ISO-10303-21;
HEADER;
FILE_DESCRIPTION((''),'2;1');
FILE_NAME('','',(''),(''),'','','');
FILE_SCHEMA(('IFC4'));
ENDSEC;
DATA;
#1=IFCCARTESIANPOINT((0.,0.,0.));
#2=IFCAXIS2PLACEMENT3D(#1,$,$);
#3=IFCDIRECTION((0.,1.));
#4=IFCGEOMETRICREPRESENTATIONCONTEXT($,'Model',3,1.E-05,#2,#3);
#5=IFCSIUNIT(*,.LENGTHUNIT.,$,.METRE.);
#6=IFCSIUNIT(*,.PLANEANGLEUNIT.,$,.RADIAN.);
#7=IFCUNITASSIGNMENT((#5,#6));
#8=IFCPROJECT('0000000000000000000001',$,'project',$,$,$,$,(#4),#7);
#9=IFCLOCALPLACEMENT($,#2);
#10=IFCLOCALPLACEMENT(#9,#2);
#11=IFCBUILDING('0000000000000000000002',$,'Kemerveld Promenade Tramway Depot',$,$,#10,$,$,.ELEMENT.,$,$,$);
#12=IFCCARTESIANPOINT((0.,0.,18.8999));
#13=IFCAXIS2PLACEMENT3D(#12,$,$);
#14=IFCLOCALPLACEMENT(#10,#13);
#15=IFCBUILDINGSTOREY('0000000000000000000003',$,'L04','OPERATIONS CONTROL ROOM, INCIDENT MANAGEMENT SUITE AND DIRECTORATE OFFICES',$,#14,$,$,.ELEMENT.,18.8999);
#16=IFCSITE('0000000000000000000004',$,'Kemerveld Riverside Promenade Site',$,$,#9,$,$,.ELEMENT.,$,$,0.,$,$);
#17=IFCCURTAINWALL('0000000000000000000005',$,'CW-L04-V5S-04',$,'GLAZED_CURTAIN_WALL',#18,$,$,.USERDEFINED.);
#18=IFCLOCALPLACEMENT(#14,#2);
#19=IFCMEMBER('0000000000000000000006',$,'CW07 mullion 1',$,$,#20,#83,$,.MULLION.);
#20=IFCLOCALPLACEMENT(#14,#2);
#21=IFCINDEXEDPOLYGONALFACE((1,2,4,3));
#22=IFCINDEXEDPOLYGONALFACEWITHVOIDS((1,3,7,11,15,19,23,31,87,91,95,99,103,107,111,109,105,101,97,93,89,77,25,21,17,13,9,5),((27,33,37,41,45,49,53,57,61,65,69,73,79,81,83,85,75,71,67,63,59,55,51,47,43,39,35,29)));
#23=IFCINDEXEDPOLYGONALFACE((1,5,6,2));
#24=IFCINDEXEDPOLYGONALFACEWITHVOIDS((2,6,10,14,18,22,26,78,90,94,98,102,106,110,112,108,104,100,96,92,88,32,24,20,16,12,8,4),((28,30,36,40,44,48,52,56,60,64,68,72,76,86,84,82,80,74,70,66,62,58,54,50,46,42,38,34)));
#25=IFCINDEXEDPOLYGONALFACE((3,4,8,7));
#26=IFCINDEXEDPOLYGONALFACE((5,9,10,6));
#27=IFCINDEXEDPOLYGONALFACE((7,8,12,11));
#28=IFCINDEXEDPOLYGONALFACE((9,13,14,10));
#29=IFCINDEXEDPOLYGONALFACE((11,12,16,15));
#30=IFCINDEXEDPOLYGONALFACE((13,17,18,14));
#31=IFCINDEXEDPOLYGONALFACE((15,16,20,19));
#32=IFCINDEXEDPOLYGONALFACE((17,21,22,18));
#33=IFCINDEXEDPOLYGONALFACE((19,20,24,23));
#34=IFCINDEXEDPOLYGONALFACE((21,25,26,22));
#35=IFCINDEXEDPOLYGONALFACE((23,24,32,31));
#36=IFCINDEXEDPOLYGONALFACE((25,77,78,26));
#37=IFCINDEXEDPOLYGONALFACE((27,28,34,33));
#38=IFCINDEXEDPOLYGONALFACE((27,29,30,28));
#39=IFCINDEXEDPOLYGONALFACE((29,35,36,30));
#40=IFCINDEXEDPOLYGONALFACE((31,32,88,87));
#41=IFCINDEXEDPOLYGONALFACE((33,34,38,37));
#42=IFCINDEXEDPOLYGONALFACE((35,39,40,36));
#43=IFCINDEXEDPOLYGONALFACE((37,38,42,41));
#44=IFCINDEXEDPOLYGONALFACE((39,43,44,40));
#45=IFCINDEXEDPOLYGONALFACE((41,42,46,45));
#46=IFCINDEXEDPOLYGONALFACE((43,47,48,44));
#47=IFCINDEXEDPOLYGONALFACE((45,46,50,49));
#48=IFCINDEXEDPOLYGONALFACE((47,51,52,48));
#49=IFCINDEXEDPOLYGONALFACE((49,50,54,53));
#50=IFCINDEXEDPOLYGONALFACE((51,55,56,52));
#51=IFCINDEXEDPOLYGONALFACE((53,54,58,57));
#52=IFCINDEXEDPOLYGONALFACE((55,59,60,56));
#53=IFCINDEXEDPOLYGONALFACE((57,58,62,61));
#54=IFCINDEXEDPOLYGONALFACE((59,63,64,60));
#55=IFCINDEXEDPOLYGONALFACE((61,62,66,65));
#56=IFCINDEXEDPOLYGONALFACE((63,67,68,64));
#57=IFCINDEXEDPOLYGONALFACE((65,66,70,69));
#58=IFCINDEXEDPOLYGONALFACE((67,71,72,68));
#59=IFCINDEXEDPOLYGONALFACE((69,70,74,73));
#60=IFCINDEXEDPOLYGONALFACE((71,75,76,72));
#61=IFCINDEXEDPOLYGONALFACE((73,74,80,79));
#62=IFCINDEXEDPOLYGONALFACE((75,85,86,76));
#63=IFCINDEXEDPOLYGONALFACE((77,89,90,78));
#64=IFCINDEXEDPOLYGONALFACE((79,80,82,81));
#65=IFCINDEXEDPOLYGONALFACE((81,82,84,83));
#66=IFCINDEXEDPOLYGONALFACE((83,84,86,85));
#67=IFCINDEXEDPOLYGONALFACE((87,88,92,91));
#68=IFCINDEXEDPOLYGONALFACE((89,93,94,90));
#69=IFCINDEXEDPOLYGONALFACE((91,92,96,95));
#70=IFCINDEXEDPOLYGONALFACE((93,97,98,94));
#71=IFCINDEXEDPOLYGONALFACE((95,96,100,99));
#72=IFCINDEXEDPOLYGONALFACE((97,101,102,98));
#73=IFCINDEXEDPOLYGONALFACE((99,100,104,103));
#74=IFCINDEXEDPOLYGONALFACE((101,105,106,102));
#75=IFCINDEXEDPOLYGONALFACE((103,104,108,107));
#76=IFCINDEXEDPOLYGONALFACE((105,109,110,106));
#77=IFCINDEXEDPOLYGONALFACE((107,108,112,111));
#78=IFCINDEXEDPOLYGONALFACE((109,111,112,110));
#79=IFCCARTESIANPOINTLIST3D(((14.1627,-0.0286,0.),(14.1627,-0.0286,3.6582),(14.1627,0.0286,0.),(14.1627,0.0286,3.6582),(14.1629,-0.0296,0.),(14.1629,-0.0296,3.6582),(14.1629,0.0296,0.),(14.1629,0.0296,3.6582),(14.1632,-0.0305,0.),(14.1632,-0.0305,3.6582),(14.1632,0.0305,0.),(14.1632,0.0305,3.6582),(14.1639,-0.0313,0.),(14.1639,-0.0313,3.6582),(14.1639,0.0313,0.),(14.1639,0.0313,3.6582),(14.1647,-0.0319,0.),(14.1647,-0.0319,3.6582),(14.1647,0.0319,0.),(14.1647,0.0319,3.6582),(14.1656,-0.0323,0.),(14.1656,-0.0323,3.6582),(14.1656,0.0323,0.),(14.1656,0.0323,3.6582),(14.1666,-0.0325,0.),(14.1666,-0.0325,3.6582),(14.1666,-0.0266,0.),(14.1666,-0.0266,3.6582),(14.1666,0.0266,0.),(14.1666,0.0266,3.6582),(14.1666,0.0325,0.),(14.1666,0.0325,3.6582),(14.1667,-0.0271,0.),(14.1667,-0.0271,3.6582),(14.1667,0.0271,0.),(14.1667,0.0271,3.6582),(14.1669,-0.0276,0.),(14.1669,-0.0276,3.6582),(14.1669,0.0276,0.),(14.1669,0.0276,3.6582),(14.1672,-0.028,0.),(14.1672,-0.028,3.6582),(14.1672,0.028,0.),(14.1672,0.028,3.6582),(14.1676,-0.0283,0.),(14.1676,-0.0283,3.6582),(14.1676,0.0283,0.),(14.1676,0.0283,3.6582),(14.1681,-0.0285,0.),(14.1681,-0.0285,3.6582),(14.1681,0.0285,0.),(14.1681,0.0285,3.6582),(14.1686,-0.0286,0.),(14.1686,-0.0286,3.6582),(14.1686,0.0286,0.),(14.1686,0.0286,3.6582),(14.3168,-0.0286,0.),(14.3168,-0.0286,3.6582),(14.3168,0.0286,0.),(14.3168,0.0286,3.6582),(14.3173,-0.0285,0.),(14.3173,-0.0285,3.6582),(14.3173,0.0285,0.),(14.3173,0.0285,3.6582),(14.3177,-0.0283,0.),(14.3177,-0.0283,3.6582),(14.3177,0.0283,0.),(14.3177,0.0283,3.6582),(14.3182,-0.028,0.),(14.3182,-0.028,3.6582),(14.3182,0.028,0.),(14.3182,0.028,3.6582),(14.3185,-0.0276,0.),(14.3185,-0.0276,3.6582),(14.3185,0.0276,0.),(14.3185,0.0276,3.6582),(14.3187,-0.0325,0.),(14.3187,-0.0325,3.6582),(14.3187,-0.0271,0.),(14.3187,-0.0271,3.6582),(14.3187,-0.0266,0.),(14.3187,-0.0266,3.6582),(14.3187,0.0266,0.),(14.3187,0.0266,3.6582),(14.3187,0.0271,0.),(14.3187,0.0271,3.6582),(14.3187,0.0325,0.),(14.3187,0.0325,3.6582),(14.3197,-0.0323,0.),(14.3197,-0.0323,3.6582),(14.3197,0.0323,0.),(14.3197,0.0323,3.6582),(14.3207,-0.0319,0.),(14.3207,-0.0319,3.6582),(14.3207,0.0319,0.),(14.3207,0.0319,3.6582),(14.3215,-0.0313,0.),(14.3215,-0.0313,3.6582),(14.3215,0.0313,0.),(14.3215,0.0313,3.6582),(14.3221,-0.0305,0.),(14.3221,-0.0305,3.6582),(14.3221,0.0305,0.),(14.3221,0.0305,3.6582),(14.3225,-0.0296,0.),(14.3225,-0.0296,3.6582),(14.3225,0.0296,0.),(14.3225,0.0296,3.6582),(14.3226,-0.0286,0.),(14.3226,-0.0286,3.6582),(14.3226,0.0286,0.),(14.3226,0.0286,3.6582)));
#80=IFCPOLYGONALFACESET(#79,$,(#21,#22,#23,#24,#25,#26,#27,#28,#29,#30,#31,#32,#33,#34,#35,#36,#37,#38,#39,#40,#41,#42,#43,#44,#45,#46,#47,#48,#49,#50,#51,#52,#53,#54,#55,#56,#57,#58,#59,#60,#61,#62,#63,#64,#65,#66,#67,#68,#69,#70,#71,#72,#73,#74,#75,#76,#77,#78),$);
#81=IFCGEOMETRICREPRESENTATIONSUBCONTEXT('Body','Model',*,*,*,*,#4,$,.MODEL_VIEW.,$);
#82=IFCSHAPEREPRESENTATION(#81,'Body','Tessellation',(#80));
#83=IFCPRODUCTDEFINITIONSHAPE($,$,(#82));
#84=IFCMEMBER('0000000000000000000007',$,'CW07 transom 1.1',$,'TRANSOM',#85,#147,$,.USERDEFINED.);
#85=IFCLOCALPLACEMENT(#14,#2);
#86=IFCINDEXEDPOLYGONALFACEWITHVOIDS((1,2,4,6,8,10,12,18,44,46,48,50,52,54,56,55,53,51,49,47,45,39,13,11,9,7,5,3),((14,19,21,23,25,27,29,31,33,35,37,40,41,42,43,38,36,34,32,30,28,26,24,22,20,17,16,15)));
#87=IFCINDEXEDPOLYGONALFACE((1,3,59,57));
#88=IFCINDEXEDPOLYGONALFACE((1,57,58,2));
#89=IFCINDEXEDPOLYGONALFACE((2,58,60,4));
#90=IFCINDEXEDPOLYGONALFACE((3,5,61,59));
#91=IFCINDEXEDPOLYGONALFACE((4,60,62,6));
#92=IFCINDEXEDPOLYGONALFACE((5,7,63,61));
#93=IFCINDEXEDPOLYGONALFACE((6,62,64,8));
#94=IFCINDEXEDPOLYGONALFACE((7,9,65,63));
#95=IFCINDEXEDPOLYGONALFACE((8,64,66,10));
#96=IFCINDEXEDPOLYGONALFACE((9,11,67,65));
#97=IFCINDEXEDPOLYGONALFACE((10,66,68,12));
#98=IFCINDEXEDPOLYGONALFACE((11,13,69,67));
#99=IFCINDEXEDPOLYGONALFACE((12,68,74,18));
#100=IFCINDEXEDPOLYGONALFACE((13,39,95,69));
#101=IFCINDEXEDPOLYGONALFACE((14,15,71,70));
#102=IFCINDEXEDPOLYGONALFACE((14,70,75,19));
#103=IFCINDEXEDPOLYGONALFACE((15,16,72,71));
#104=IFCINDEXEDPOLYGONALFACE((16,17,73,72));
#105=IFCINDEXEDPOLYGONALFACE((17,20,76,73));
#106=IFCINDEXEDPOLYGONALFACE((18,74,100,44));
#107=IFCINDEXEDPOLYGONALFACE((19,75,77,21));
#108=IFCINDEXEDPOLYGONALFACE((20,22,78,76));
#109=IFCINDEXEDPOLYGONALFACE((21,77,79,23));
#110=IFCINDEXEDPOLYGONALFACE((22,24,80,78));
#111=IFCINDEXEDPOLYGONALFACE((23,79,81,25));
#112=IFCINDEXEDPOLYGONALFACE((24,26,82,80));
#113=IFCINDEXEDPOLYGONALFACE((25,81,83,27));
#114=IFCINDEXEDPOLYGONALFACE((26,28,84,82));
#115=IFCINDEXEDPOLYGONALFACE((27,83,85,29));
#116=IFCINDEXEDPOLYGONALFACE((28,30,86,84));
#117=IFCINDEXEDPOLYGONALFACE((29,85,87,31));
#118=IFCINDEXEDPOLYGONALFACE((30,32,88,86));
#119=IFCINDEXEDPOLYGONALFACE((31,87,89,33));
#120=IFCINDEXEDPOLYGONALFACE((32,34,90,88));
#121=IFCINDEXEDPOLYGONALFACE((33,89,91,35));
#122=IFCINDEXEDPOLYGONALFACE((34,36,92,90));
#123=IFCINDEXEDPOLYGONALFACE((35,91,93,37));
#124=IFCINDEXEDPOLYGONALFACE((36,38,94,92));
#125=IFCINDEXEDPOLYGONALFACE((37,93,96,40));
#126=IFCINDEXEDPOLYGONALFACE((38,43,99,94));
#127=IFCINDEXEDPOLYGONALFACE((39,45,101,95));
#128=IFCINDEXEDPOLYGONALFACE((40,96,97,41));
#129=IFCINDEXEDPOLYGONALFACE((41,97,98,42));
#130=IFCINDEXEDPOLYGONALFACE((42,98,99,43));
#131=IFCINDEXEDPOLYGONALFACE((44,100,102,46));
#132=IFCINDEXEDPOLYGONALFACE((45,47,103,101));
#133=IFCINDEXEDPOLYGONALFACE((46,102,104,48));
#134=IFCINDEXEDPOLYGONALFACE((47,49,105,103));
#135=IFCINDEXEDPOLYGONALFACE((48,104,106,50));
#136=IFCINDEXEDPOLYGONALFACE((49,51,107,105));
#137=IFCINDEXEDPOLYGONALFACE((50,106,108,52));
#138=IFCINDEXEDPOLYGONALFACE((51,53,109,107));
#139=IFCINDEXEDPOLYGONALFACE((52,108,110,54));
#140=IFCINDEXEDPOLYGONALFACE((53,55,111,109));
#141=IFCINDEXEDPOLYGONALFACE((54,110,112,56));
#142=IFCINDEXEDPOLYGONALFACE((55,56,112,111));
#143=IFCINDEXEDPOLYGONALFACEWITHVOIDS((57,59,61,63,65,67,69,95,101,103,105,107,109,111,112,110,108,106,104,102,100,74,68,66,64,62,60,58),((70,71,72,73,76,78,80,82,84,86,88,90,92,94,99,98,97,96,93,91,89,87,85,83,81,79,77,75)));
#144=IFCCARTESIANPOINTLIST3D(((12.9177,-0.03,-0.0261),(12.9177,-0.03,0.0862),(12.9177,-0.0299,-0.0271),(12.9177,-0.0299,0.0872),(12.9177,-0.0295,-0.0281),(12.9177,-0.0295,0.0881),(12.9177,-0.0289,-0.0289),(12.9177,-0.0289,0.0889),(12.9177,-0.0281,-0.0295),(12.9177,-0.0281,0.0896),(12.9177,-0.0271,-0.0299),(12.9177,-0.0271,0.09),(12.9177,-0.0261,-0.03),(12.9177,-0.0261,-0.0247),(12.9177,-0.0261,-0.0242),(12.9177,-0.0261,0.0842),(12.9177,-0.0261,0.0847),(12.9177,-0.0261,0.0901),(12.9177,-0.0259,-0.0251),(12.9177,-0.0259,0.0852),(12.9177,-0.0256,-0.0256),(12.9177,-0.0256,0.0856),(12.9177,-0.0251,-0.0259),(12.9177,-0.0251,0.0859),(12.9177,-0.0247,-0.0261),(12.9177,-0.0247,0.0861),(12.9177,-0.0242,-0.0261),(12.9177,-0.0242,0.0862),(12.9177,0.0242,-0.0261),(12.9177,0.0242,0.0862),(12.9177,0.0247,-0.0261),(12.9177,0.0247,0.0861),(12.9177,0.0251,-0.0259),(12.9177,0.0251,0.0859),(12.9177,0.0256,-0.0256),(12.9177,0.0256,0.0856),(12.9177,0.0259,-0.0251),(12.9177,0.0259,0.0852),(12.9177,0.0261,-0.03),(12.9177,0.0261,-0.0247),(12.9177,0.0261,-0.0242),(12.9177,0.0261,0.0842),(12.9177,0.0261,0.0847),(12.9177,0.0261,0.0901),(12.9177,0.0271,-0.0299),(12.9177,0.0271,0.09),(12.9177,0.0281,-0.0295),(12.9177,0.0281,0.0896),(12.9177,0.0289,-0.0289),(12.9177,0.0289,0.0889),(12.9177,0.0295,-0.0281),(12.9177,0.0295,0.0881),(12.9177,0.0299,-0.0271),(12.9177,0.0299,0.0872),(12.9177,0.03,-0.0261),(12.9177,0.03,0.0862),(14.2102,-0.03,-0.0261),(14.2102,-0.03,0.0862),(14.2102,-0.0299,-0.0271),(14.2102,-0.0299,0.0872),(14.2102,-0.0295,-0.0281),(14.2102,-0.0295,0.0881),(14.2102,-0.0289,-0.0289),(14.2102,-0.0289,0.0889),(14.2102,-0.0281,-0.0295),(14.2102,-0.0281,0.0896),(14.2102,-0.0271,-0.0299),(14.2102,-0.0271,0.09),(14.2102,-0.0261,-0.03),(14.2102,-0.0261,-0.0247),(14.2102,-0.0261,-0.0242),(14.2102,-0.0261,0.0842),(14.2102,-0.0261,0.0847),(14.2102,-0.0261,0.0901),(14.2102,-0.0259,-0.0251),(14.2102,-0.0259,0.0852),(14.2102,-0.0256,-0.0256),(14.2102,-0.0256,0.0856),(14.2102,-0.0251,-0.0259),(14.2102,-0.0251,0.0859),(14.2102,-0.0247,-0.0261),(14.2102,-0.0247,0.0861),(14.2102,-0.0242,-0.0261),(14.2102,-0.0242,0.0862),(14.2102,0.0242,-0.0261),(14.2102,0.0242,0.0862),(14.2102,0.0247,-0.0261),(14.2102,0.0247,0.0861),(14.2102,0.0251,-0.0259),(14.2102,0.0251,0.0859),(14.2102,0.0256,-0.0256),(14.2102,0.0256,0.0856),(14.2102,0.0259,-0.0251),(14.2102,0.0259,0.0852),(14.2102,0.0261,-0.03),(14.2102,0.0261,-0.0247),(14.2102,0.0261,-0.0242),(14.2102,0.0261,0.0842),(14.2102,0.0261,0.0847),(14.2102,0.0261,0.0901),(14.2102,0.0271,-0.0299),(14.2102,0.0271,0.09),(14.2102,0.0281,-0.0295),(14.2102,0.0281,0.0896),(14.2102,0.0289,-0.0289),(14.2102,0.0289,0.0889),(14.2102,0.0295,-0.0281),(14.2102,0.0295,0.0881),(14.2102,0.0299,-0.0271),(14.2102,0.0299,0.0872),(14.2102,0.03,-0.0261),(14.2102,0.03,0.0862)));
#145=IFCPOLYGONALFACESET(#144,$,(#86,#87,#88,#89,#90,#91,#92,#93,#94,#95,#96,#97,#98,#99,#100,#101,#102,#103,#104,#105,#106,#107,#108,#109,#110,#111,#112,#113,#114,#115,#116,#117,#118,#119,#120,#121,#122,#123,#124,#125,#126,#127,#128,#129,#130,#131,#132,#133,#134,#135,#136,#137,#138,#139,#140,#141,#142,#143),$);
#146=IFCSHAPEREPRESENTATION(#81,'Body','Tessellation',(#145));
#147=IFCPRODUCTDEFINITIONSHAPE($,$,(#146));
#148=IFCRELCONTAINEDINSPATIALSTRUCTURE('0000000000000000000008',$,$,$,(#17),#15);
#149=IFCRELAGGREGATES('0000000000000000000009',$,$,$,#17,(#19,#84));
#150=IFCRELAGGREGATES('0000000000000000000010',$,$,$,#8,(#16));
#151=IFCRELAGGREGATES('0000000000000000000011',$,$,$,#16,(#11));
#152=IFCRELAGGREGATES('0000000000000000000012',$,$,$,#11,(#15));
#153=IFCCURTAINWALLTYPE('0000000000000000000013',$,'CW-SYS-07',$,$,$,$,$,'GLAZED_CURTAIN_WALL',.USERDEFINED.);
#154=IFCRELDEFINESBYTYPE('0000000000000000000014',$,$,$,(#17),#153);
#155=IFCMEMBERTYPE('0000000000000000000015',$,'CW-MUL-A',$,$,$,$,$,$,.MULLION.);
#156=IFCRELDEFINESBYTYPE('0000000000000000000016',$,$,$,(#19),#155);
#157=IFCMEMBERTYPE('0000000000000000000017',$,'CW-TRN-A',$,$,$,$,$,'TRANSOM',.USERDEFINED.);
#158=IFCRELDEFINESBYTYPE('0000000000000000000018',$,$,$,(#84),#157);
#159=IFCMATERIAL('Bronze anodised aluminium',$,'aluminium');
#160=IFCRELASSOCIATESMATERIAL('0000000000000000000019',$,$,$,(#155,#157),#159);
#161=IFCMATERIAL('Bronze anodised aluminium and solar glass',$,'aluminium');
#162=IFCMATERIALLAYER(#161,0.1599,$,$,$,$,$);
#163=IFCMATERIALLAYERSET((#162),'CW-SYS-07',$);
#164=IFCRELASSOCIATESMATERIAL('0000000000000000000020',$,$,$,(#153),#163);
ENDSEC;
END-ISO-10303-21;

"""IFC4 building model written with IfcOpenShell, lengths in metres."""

from ifc_helpers import new_model, si_unit, direction, frame, origin, origin_2d, place, context, subcontext, project, spatial, hollow_rectangle, extrude, material, layer, layer_set, material_profile, profile_set, type_object, element, aggregate, save


model = new_model("IFC4")

# Units and contexts
model_context = context("Model", 3, precision=1e-05, world=origin(), true_north=direction((0.0, 1.0)))
body_context = subcontext(model_context, "Body", "Model", "MODEL_VIEW")
ifc_project = project(units=[si_unit("LENGTHUNIT", "METRE"), si_unit("PLANEANGLEUNIT", "RADIAN")], contexts=[model_context])

# Site, building, storey
site_placement = place(None, origin())
site = spatial("IfcSite", under=ifc_project, at=site_placement, Name="Kemerveld Riverside Promenade Site", CompositionType="ELEMENT", RefElevation=0.0)
building_placement = place(site_placement, origin())
building = spatial("IfcBuilding", under=site, at=building_placement, Name="Kemerveld Promenade Tramway Depot", CompositionType="ELEMENT")
storey_placement = place(building_placement, frame((0.0, 0.0, 18.8999)))
storey = spatial("IfcBuildingStorey", under=building, at=storey_placement, Name="L04", Description="OPERATIONS CONTROL ROOM, INCIDENT MANAGEMENT SUITE AND DIRECTORATE OFFICES", CompositionType="ELEMENT", Elevation=18.8999)

# Shared definitions
ifc_material_1 = material(Name="Bronze anodised aluminium and solar glass", Category="aluminium")
ifc_material_2 = material(Name="Bronze anodised aluminium", Category="aluminium")
ifc_material_profile_1 = material_profile(ifc_material_2, hollow_rectangle(XDim=0.0649, YDim=0.1599, WallThickness=0.0039, InnerFilletRadius=0.002, OuterFilletRadius=0.0039, at=origin_2d()), Name="CW-MUL-160x65")
ifc_profile_set_1 = profile_set([ifc_material_profile_1], Name="Bronze anodised aluminium")
member_type_1 = type_object("IfcMemberType", Name="CW-MUL-A", PredefinedType="MULLION", material=ifc_profile_set_1)

# Curtain wall, members
ifc_layer_1 = layer(ifc_material_1, 0.1599)
ifc_layer_set_1 = layer_set([ifc_layer_1], Name="CW-SYS-07")
curtain_wall_type_1 = type_object("IfcCurtainWallType", Name="CW-SYS-07", ElementType="GLAZED_CURTAIN_WALL", PredefinedType="USERDEFINED", material=ifc_layer_set_1)
curtain_wall_1_placement = place(storey_placement, origin())
curtain_wall_1 = element("IfcCurtainWall", 1, at=curtain_wall_1_placement, inside=storey, type_object=curtain_wall_type_1, Name="CW-L04-V5S-04", ObjectType="GLAZED_CURTAIN_WALL", PredefinedType="USERDEFINED")
member_1_placement = place(storey_placement, frame((14.2427, 0.0, 0.0), z_axis=(0.0, 0.0, 1.0), x_axis=(0.0, -1.0, 0.0)))
member_1 = element("IfcMember", 2, at=member_1_placement, type_object=member_type_1, Name="CW07 mullion 1", PredefinedType="MULLION", context=body_context, shape_type="SweptSolid", body=[
    extrude(hollow_rectangle(XDim=0.0649, YDim=0.1599, WallThickness=0.0039, InnerFilletRadius=0.002, OuterFilletRadius=0.0039, at=origin_2d()), origin(), (0.0, 0.0, 1.0), 3.6582),
])
ifc_material_profile_2 = material_profile(ifc_material_2, hollow_rectangle(XDim=0.0601, YDim=0.1201, WallThickness=0.0039, InnerFilletRadius=0.002, OuterFilletRadius=0.0039, at=origin_2d()), Name="CW-TRN-120x60")
ifc_profile_set_2 = profile_set([ifc_material_profile_2], Name="Bronze anodised aluminium")
member_type_2 = type_object("IfcMemberType", Name="CW-TRN-A", ElementType="TRANSOM", PredefinedType="USERDEFINED", material=ifc_profile_set_2)
member_2_placement = place(storey_placement, frame((14.2102, 0.0, 0.03), z_axis=(-1.0, 0.0, 0.0), x_axis=(0.0, -1.0, 0.0)))
member_2 = element("IfcMember", 3, at=member_2_placement, type_object=member_type_2, Name="CW07 transom 1.1", ObjectType="TRANSOM", PredefinedType="USERDEFINED", context=body_context, shape_type="SweptSolid", body=[
    extrude(hollow_rectangle(XDim=0.0601, YDim=0.1201, WallThickness=0.0039, InnerFilletRadius=0.002, OuterFilletRadius=0.0039, at=origin_2d()), origin(), (0.0, 0.0, 1.0), 1.2925),
])

aggregate(curtain_wall_1, [member_1, member_2])

save(model, "model.ifc")
